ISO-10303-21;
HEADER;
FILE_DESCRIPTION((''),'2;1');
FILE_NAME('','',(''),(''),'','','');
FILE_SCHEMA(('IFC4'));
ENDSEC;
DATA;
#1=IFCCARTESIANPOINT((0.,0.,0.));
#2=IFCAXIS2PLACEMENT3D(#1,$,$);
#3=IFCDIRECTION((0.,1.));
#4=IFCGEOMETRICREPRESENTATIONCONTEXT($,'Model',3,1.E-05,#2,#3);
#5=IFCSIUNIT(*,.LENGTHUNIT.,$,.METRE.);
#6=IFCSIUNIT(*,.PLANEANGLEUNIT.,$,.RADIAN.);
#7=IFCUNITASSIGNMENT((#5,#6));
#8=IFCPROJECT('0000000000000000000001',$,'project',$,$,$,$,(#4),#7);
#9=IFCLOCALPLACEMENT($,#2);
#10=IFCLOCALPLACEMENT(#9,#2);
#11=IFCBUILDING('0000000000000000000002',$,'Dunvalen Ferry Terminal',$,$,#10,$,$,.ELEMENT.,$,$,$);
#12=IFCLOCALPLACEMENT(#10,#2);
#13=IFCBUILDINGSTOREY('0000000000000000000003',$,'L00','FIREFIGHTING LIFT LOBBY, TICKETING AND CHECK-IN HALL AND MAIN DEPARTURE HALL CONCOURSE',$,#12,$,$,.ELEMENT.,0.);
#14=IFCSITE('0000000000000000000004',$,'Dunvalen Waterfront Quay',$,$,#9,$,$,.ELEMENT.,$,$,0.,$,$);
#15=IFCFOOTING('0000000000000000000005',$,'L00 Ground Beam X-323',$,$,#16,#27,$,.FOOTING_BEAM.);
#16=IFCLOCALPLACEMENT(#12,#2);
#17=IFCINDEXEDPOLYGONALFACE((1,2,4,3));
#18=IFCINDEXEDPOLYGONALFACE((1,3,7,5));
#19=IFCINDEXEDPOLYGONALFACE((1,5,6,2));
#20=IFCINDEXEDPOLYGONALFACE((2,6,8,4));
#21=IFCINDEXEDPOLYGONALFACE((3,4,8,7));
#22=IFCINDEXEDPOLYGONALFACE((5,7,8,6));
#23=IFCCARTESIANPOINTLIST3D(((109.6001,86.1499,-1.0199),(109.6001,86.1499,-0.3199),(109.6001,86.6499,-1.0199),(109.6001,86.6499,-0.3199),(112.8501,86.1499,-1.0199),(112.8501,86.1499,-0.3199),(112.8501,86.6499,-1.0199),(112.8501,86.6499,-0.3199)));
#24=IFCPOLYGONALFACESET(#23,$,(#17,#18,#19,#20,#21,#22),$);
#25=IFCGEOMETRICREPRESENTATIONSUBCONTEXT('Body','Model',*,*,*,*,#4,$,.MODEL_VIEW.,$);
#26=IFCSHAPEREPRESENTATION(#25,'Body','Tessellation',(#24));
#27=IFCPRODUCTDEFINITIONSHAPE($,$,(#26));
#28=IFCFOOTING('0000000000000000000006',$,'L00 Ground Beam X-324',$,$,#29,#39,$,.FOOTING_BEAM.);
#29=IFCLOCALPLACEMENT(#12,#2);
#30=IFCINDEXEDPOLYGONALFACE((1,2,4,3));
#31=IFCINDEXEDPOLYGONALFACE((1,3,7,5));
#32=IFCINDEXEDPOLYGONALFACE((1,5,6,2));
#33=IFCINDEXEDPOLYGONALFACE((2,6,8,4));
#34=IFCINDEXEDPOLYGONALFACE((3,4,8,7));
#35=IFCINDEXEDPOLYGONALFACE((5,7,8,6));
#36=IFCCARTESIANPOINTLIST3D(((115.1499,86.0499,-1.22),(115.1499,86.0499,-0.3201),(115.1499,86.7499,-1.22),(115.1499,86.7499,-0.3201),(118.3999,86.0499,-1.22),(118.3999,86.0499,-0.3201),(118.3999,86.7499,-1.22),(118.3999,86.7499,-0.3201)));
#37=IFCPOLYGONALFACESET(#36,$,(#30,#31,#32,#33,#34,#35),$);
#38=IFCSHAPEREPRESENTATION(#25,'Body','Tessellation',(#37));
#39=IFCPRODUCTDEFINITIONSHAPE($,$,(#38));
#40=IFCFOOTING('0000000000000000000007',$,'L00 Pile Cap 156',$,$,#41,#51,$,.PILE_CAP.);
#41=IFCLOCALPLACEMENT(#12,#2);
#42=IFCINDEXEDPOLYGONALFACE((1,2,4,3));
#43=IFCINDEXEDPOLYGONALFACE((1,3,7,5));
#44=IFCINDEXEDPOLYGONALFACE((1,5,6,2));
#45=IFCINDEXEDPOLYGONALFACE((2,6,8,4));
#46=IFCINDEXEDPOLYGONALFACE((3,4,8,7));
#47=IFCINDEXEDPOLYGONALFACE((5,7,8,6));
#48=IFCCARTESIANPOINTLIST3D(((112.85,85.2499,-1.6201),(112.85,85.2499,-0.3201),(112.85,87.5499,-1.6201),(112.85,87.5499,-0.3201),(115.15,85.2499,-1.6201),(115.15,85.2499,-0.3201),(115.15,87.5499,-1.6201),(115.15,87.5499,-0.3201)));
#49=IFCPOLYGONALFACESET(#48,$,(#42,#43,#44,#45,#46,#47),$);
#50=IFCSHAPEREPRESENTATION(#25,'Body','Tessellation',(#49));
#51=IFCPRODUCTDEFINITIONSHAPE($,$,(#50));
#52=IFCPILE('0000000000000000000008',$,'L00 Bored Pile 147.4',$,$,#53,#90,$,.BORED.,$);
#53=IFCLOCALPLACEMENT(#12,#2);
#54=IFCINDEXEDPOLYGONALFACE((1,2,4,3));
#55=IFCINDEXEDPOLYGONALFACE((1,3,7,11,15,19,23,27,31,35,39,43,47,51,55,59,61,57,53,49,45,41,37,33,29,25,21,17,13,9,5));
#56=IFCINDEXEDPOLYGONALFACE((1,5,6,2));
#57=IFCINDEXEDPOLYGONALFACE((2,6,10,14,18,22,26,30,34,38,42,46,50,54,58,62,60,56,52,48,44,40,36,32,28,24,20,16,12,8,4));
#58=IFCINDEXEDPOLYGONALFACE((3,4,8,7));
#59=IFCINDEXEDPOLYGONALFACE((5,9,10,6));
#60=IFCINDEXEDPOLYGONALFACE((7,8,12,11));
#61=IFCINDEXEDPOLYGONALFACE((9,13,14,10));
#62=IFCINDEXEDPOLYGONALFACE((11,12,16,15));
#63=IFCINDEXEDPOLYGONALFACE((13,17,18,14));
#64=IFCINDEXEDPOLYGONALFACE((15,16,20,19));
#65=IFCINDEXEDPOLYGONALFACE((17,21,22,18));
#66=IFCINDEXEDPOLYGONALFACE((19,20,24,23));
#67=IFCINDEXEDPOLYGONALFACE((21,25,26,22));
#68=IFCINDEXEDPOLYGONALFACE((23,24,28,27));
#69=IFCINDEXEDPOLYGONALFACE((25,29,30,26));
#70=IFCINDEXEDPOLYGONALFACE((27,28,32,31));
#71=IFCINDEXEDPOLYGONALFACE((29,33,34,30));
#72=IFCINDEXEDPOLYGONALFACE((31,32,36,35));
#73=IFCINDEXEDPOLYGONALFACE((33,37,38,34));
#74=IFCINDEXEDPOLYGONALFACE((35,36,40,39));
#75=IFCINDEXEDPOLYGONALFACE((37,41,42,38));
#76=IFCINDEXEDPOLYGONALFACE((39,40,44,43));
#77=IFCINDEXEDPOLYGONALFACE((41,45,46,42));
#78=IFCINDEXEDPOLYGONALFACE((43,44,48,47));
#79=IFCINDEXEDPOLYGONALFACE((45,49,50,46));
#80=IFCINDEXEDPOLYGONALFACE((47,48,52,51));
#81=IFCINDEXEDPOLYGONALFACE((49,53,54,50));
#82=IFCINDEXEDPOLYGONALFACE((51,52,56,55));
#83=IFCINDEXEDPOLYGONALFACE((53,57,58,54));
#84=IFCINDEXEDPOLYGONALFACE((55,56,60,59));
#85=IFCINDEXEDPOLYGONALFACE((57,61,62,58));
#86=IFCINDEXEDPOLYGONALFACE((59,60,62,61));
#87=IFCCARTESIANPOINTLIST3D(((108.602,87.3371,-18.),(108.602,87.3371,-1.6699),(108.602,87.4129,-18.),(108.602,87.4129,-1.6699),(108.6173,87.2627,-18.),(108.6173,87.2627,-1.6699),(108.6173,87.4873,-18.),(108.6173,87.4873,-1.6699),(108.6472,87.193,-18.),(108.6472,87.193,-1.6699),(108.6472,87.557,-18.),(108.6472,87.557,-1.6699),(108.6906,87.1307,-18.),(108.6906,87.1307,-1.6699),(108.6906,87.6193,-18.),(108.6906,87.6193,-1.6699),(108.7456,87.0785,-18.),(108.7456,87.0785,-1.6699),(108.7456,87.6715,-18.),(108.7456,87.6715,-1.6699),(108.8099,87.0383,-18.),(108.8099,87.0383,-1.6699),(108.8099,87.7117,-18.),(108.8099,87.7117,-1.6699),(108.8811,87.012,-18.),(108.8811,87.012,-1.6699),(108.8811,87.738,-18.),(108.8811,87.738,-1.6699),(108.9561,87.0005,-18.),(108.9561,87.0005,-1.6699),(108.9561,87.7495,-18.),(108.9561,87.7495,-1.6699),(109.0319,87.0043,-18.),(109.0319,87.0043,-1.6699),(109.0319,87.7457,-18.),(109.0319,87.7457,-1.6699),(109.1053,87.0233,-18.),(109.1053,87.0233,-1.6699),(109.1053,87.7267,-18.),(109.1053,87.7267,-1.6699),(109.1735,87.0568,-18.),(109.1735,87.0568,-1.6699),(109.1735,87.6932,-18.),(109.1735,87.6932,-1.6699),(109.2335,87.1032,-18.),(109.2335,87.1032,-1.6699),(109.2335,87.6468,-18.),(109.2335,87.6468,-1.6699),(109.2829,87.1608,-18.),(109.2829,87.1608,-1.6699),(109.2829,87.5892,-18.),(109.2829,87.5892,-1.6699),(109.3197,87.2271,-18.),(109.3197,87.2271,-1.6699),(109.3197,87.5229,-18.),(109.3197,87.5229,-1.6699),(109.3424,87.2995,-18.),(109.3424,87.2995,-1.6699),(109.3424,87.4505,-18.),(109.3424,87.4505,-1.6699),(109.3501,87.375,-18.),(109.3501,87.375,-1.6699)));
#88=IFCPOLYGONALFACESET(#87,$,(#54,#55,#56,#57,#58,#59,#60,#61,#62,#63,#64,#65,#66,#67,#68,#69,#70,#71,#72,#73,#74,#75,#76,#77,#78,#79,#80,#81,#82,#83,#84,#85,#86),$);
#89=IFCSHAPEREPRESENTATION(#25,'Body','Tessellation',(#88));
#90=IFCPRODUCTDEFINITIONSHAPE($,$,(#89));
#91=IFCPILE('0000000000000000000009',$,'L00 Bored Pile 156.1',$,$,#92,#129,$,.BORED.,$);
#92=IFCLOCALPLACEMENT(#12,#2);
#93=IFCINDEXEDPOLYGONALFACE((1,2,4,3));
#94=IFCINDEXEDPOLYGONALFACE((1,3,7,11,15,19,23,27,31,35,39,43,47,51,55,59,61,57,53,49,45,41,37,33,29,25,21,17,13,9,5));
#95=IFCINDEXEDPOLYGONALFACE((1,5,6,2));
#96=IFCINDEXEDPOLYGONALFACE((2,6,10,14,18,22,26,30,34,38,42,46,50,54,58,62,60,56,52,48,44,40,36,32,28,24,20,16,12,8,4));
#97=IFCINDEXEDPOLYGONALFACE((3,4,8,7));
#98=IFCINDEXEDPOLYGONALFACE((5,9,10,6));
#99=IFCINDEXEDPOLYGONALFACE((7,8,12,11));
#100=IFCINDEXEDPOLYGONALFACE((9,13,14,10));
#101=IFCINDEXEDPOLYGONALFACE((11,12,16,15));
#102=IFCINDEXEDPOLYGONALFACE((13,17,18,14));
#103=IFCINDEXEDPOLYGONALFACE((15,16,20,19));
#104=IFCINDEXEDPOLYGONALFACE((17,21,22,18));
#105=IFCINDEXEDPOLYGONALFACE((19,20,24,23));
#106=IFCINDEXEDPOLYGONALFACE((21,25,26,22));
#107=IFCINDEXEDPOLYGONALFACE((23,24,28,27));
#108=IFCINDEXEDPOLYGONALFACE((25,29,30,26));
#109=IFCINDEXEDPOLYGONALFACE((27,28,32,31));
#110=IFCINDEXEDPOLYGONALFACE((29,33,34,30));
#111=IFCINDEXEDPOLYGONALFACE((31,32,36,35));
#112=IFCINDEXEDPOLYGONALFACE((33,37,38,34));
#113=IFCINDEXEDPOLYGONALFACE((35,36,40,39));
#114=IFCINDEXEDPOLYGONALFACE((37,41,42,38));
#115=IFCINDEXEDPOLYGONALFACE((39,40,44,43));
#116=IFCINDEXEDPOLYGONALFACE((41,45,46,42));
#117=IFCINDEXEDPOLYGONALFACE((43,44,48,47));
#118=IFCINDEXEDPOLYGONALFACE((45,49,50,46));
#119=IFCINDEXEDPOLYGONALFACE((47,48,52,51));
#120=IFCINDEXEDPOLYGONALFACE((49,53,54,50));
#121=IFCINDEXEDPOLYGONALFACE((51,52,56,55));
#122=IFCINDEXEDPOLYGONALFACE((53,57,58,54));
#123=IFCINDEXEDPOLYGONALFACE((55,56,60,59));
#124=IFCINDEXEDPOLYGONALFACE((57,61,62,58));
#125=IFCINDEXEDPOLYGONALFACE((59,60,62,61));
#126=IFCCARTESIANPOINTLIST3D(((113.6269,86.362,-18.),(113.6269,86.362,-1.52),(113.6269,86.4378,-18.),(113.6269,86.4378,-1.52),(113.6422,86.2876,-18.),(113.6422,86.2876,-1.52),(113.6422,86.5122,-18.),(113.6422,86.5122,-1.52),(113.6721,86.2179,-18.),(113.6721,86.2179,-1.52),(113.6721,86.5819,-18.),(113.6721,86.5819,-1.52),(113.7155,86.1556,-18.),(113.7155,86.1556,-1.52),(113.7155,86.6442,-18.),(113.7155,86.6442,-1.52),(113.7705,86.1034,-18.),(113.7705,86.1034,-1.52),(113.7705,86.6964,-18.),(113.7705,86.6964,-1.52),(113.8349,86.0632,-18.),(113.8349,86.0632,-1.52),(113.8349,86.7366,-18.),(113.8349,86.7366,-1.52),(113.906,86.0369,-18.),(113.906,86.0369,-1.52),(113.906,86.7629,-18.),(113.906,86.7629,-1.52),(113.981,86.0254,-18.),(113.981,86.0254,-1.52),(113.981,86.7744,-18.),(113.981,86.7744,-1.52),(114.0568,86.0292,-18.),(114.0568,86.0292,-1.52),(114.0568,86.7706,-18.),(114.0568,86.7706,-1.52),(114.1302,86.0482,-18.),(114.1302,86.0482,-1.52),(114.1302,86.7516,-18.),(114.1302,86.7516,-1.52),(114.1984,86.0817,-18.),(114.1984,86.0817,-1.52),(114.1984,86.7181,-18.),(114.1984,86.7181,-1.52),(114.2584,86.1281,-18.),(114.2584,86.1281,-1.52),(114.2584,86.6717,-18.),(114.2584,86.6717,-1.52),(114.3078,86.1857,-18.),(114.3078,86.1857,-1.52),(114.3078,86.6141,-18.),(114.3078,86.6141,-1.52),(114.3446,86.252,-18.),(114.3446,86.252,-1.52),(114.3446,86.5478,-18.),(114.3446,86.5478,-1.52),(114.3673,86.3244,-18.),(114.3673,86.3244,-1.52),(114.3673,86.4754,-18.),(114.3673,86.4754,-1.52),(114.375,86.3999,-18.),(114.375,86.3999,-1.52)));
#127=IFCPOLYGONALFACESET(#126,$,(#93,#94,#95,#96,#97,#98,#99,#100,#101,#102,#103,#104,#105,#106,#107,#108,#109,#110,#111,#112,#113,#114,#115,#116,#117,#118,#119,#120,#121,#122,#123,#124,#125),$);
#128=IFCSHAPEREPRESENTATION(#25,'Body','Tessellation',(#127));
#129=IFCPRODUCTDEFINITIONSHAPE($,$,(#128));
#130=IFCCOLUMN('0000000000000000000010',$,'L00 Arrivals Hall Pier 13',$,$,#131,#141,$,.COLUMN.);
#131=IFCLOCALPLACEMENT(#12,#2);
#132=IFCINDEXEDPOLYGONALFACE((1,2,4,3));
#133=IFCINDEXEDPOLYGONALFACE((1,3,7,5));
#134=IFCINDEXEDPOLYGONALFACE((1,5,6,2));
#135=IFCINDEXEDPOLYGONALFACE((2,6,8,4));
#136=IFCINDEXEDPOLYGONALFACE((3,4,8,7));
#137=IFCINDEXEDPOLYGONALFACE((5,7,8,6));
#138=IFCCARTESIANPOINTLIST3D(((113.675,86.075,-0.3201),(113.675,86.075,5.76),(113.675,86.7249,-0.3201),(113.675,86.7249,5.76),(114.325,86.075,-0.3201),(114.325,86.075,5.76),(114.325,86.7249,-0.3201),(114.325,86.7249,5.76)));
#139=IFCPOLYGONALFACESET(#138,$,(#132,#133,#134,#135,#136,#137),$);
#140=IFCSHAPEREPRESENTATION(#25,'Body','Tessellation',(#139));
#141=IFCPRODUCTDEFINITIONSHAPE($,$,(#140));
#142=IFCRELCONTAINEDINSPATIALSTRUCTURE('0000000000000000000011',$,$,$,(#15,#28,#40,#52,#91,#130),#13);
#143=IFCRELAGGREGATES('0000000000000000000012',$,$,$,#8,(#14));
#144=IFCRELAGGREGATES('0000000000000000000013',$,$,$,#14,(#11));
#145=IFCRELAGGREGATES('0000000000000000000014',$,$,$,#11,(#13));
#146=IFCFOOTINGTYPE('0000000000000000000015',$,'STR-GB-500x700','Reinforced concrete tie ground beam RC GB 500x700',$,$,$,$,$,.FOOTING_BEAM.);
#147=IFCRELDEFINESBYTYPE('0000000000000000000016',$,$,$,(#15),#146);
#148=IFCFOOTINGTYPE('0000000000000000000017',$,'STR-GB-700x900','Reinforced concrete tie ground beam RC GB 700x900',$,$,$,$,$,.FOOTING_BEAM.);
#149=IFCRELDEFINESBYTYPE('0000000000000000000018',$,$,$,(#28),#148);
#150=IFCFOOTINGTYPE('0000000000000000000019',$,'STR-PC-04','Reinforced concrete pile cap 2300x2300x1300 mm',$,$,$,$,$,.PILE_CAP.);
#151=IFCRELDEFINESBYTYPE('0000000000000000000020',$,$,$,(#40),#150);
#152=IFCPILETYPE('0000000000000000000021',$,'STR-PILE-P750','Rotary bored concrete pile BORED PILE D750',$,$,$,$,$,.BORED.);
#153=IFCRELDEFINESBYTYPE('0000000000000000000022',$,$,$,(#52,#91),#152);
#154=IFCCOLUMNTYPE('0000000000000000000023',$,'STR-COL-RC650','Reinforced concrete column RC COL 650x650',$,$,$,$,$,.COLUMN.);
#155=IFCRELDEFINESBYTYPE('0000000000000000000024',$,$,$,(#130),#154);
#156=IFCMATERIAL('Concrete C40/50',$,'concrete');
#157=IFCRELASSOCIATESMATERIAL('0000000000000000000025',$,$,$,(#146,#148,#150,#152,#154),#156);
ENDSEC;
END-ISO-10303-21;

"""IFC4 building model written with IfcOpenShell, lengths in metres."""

from ifc_helpers import new_model, si_unit, direction, frame, origin, origin_2d, place, context, subcontext, project, spatial, rectangle, circle, extrude, material, material_profile, profile_set, type_object, element, save


model = new_model("IFC4")

# Units and contexts
model_context = context("Model", 3, precision=1e-05, world=origin(), true_north=direction((0.0, 1.0)))
body_context = subcontext(model_context, "Body", "Model", "MODEL_VIEW")
ifc_project = project(units=[si_unit("LENGTHUNIT", "METRE"), si_unit("PLANEANGLEUNIT", "RADIAN")], contexts=[model_context])

# Site, building, storey
site_placement = place(None, origin())
site = spatial("IfcSite", under=ifc_project, at=site_placement, Name="Dunvalen Waterfront Quay", CompositionType="ELEMENT", RefElevation=0.0)
building_placement = place(site_placement, origin())
building = spatial("IfcBuilding", under=site, at=building_placement, Name="Dunvalen Ferry Terminal", CompositionType="ELEMENT")
storey_placement = place(building_placement, origin())
storey = spatial("IfcBuildingStorey", under=building, at=storey_placement, Name="L00", Description="FIREFIGHTING LIFT LOBBY, TICKETING AND CHECK-IN HALL AND MAIN DEPARTURE HALL CONCOURSE", CompositionType="ELEMENT", Elevation=0.0)

# Footings
ifc_material_1 = material(Name="Concrete C40/50", Category="concrete")
ifc_material_profile_1 = material_profile(ifc_material_1, rectangle(XDim=0.5, YDim=0.7, at=origin_2d()), Name="Concrete C40/50")
ifc_profile_set_1 = profile_set([ifc_material_profile_1], Name="Concrete C40/50")
footing_type_1 = type_object("IfcFootingType", Name="STR-GB-500x700", Description="Reinforced concrete tie ground beam RC GB 500x700", PredefinedType="FOOTING_BEAM", material=ifc_profile_set_1)
footing_1_placement = place(storey_placement, frame((109.6001, 86.3999, -0.6699), z_axis=(1.0, 0.0, 0.0), x_axis=(0.0, 1.0, 0.0)))
element("IfcFooting", 1, at=footing_1_placement, inside=storey, type_object=footing_type_1, Name="L00 Ground Beam X-323", PredefinedType="FOOTING_BEAM", context=body_context, shape_type="SweptSolid", body=[
    extrude(rectangle(XDim=0.5, YDim=0.7, at=origin_2d()), origin(), (0.0, 0.0, 1.0), 3.25),
])
ifc_material_profile_2 = material_profile(ifc_material_1, rectangle(XDim=0.7, YDim=0.8999, at=origin_2d()), Name="Concrete C40/50")
ifc_profile_set_2 = profile_set([ifc_material_profile_2], Name="Concrete C40/50")
footing_type_2 = type_object("IfcFootingType", Name="STR-GB-700x900", Description="Reinforced concrete tie ground beam RC GB 700x900", PredefinedType="FOOTING_BEAM", material=ifc_profile_set_2)
footing_2_placement = place(storey_placement, frame((115.1499, 86.3999, -0.77), z_axis=(1.0, 0.0, 0.0), x_axis=(0.0, 1.0, 0.0)))
element("IfcFooting", 2, at=footing_2_placement, inside=storey, type_object=footing_type_2, Name="L00 Ground Beam X-324", PredefinedType="FOOTING_BEAM", context=body_context, shape_type="SweptSolid", body=[
    extrude(rectangle(XDim=0.7, YDim=0.8999, at=origin_2d()), origin(), (0.0, 0.0, 1.0), 3.25),
])
footing_type_3 = type_object("IfcFootingType", Name="STR-PC-04", Description="Reinforced concrete pile cap 2300x2300x1300 mm", PredefinedType="PILE_CAP", material=ifc_material_1)
footing_3_placement = place(storey_placement, frame((114.0, 86.3999, -1.6201), z_axis=(0.0, 0.0, 1.0), x_axis=(1.0, 0.0, 0.0)))
element("IfcFooting", 3, at=footing_3_placement, inside=storey, type_object=footing_type_3, Name="L00 Pile Cap 156", PredefinedType="PILE_CAP", context=body_context, shape_type="SweptSolid", body=[
    extrude(rectangle(XDim=2.3, YDim=2.3, at=origin_2d()), origin(), (0.0, 0.0, 1.0), 1.3),
])

# Piles
ifc_material_profile_3 = material_profile(ifc_material_1, circle(Radius=0.375, at=origin_2d()), Name="Concrete C40/50")
ifc_profile_set_3 = profile_set([ifc_material_profile_3], Name="Concrete C40/50")
pile_type = type_object("IfcPileType", Name="STR-PILE-P750", Description="Rotary bored concrete pile BORED PILE D750", PredefinedType="BORED", material=ifc_profile_set_3)
pile_1_placement = place(storey_placement, frame((108.9751, 87.375, -1.6699), z_axis=(0.0, 0.0, -1.0), x_axis=(1.0, 0.0, 0.0)))
element("IfcPile", 4, at=pile_1_placement, inside=storey, type_object=pile_type, Name="L00 Bored Pile 147.4", PredefinedType="BORED", context=body_context, shape_type="SweptSolid", body=[
    extrude(circle(Radius=0.375, at=origin_2d()), origin(), (0.0, 0.0, 1.0), 16.3301),
])
pile_2_placement = place(storey_placement, frame((114.0, 86.3999, -1.52), z_axis=(0.0, 0.0, -1.0), x_axis=(1.0, 0.0, 0.0)))
element("IfcPile", 5, at=pile_2_placement, inside=storey, type_object=pile_type, Name="L00 Bored Pile 156.1", PredefinedType="BORED", context=body_context, shape_type="SweptSolid", body=[
    extrude(circle(Radius=0.375, at=origin_2d()), origin(), (0.0, 0.0, 1.0), 16.48),
])

# Column
ifc_material_profile_4 = material_profile(ifc_material_1, rectangle(XDim=0.6499, YDim=0.6499, at=origin_2d()), Name="Concrete C40/50")
ifc_profile_set_4 = profile_set([ifc_material_profile_4], Name="Concrete C40/50")
column_type = type_object("IfcColumnType", Name="STR-COL-RC650", Description="Reinforced concrete column RC COL 650x650", PredefinedType="COLUMN", material=ifc_profile_set_4)
column_placement = place(storey_placement, frame((114.0, 86.3999, -0.3201), z_axis=(0.0, 0.0, 1.0), x_axis=(1.0, 0.0, 0.0)))
element("IfcColumn", 6, at=column_placement, inside=storey, type_object=column_type, Name="L00 Arrivals Hall Pier 13", PredefinedType="COLUMN", context=body_context, shape_type="SweptSolid", body=[
    extrude(rectangle(XDim=0.6499, YDim=0.6499, at=origin_2d()), origin(), (0.0, 0.0, 1.0), 6.0801),
])

save(model, "model.ifc")
